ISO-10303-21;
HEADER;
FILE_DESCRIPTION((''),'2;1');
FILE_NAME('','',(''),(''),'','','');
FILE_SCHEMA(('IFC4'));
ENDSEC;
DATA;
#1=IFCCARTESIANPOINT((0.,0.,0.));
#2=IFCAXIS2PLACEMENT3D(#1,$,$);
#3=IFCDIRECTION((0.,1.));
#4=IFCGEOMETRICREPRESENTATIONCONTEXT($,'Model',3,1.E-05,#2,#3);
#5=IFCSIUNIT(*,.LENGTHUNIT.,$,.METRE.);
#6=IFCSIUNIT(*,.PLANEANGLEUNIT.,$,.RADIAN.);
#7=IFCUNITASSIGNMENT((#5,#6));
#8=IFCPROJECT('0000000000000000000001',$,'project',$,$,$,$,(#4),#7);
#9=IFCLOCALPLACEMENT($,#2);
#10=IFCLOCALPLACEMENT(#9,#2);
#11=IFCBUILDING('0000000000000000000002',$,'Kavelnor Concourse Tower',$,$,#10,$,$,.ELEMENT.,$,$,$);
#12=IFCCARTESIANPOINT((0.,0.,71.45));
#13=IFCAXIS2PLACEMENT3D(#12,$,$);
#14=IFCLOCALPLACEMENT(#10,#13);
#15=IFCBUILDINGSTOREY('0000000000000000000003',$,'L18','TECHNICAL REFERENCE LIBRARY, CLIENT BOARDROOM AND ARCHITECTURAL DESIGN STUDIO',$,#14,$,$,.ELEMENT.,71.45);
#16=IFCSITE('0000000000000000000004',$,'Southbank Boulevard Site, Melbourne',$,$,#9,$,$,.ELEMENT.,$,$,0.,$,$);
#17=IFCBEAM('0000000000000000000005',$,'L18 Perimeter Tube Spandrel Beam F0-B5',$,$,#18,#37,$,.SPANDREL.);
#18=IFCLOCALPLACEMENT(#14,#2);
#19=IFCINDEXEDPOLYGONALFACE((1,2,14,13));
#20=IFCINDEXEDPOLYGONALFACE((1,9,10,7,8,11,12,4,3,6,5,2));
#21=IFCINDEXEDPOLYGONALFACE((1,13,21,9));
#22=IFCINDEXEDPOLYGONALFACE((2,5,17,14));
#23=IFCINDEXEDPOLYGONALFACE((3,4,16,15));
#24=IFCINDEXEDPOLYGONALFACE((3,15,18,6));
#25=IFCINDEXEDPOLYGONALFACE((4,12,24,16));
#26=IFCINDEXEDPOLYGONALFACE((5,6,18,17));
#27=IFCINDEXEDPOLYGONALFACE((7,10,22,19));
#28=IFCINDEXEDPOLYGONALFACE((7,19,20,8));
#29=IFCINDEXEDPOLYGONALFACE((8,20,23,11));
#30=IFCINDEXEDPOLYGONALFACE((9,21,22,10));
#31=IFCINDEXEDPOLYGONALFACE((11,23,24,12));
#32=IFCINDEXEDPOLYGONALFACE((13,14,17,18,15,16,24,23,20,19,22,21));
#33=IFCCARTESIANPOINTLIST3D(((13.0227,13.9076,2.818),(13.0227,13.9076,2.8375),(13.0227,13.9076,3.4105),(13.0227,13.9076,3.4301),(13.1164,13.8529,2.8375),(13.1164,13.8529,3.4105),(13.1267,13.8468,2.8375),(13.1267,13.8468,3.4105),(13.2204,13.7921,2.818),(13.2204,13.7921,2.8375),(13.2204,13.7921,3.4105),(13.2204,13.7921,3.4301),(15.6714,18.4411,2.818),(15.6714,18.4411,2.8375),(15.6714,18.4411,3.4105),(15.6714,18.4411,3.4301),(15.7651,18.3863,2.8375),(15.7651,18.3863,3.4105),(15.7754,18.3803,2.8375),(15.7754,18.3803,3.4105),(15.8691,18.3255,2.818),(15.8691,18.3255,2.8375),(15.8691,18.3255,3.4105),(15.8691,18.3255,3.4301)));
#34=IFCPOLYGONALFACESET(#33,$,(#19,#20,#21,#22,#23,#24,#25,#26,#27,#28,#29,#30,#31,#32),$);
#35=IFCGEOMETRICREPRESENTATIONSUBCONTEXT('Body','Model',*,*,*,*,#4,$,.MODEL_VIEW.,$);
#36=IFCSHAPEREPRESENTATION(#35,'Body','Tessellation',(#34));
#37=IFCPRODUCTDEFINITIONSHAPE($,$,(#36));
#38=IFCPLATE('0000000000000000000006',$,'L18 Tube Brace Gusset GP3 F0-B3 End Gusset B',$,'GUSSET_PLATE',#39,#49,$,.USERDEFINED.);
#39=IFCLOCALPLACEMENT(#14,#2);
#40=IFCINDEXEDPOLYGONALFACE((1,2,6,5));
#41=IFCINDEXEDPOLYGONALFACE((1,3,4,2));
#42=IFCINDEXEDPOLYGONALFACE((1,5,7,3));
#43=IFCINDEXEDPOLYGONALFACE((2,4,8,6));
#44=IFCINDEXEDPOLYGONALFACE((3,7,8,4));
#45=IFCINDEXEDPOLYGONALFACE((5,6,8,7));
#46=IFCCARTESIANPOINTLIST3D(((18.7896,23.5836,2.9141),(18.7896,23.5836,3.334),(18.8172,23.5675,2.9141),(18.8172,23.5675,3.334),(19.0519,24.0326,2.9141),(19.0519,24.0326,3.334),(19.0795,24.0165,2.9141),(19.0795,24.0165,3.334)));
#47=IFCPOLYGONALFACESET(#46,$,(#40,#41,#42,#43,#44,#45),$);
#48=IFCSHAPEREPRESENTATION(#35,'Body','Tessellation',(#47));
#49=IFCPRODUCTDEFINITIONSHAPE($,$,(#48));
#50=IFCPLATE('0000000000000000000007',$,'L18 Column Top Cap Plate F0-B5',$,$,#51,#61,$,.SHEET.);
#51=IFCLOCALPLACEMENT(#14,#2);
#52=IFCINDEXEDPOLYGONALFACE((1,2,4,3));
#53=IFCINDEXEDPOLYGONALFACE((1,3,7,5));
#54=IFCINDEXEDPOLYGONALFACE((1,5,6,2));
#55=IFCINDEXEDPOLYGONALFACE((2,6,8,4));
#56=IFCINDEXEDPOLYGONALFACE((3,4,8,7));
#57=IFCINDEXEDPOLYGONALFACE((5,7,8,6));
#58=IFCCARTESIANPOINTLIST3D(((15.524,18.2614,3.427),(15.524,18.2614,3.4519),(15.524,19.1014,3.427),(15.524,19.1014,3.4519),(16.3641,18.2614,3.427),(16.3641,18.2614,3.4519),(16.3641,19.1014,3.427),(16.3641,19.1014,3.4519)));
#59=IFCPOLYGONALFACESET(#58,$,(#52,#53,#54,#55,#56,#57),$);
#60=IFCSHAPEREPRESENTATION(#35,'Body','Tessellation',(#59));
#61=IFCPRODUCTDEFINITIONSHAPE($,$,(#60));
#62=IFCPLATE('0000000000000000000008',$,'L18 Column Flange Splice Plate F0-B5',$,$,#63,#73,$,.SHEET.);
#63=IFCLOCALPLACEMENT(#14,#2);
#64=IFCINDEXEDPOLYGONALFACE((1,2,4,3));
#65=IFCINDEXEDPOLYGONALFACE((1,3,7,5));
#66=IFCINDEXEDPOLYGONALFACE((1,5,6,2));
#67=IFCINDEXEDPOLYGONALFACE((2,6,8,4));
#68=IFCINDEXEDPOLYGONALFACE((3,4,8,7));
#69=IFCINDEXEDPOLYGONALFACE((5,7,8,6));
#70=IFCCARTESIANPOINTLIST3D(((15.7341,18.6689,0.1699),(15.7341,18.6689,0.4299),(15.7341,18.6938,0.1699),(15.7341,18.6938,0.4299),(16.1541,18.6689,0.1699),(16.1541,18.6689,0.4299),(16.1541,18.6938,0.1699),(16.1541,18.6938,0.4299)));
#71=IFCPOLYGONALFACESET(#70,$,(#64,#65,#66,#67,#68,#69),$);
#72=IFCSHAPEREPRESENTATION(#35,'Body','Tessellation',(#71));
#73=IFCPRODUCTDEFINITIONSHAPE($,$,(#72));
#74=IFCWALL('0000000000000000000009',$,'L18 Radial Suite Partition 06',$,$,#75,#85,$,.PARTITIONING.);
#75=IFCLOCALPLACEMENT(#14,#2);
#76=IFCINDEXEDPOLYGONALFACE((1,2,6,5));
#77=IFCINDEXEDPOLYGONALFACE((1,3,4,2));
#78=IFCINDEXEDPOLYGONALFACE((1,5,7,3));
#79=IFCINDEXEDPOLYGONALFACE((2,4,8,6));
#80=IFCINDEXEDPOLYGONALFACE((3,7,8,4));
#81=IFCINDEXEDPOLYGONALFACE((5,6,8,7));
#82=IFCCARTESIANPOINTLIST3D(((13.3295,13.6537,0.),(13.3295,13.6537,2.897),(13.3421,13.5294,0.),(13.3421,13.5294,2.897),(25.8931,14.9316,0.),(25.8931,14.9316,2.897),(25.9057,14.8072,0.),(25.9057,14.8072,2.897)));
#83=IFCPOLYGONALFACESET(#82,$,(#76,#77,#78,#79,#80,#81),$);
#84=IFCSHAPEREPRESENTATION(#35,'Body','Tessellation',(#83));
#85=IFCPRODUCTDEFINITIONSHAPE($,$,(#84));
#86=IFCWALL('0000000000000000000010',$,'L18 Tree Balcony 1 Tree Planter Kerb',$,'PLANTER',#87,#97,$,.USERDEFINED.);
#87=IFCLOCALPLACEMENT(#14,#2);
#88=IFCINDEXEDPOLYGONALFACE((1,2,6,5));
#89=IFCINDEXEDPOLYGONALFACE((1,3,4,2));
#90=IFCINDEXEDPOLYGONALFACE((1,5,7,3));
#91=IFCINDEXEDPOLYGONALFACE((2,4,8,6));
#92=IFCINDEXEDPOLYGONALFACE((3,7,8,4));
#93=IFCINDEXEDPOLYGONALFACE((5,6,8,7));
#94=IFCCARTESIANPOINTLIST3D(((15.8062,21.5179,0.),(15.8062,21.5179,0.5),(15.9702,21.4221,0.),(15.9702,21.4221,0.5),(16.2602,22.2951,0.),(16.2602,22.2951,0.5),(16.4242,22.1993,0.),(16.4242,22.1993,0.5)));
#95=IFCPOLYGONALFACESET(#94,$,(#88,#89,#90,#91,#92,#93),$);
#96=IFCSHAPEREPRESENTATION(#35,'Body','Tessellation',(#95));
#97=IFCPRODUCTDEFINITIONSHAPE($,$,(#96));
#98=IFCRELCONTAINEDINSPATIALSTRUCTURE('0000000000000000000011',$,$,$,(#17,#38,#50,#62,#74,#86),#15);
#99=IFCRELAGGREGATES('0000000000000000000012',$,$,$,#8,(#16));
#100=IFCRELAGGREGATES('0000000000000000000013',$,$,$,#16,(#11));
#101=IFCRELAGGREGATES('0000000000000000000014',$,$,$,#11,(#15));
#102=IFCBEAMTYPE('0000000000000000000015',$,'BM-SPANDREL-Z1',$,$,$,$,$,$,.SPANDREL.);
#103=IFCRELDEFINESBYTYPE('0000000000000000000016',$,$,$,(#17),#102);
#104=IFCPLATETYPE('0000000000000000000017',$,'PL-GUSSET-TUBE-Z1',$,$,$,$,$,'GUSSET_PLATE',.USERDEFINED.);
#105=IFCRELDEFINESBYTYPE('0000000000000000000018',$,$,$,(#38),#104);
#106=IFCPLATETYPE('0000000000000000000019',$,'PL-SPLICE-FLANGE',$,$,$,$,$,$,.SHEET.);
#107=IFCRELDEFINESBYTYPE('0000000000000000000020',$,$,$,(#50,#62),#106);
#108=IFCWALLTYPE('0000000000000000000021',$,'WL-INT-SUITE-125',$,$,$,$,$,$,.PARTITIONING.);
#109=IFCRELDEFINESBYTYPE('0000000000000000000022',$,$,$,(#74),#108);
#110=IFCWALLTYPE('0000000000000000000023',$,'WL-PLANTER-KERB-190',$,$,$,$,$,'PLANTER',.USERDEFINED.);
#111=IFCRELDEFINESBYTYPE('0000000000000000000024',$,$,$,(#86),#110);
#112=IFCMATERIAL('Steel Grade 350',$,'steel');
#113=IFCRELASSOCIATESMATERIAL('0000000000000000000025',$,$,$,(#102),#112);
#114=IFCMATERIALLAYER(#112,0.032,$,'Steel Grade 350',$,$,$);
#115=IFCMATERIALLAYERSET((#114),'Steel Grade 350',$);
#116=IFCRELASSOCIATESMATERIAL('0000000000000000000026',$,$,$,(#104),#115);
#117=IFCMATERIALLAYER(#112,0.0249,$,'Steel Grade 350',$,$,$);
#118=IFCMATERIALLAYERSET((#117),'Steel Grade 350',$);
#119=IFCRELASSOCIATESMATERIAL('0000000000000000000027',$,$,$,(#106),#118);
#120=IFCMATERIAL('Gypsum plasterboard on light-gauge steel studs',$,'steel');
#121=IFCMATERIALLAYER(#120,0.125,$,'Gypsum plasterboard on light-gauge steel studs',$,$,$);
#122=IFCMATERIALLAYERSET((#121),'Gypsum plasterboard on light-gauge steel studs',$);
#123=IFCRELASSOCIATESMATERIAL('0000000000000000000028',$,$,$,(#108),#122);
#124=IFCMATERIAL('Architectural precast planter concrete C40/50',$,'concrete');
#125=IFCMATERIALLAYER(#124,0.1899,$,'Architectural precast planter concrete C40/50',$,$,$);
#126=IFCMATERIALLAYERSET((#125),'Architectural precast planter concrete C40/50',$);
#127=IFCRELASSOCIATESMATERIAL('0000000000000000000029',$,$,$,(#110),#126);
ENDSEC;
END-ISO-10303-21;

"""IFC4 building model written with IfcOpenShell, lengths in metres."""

from ifc_helpers import new_model, si_unit, direction, frame, frame_2d, origin, origin_2d, place, context, subcontext, project, spatial, rectangle, i_section, extrude, material, layer, layer_set, material_profile, profile_set, type_object, element, save


model = new_model("IFC4")

# Units and contexts
model_context = context("Model", 3, precision=1e-05, world=origin(), true_north=direction((0.0, 1.0)))
body_context = subcontext(model_context, "Body", "Model", "MODEL_VIEW")
ifc_project = project(units=[si_unit("LENGTHUNIT", "METRE"), si_unit("PLANEANGLEUNIT", "RADIAN")], contexts=[model_context])

# Site, building, storey
site_placement = place(None, origin())
site = spatial("IfcSite", under=ifc_project, at=site_placement, Name="Southbank Boulevard Site, Melbourne", CompositionType="ELEMENT", RefElevation=0.0)
building_placement = place(site_placement, origin())
building = spatial("IfcBuilding", under=site, at=building_placement, Name="Kavelnor Concourse Tower", CompositionType="ELEMENT")
storey_placement = place(building_placement, frame((0.0, 0.0, 71.45)))
storey = spatial("IfcBuildingStorey", under=building, at=storey_placement, Name="L18", Description="TECHNICAL REFERENCE LIBRARY, CLIENT BOARDROOM AND ARCHITECTURAL DESIGN STUDIO", CompositionType="ELEMENT", Elevation=71.45)

# Shared definitions
ifc_material_1 = material(Name="Steel Grade 350", Category="steel")

# Beam
ifc_material_profile_1 = material_profile(ifc_material_1, i_section(OverallWidth=0.229, OverallDepth=0.6121, WebThickness=0.012, FlangeThickness=0.0195, at=origin_2d()), Name="610UB125")
ifc_profile_set_1 = profile_set([ifc_material_profile_1], Name="Steel Grade 350")
beam_type_1 = type_object("IfcBeamType", Name="BM-SPANDREL-Z1", PredefinedType="SPANDREL", material=ifc_profile_set_1)
for number, where, z_axis, x_axis, name in (
    (1, (15.7703, 18.3833, 3.124), (-0.504464, -0.863433, 0.0), (0.863433, -0.504464, 0.0), "L18 Perimeter Tube Spandrel Beam F0-B5"),
):
    element("IfcBeam", number, at=place(storey_placement, frame(where, z_axis=z_axis, x_axis=x_axis)), inside=storey, type_object=beam_type_1, Name=name, PredefinedType="SPANDREL", context=body_context, shape_type="SweptSolid", body=[
        extrude(i_section(OverallWidth=0.229, OverallDepth=0.6121, WebThickness=0.012, FlangeThickness=0.0195, at=origin_2d()), origin(), (0.0, 0.0, 1.0), 5.2505),
    ])

# Plates
ifc_layer_1 = layer(ifc_material_1, 0.032, Name="Steel Grade 350")
ifc_layer_set_1 = layer_set([ifc_layer_1], Name="Steel Grade 350")
plate_type_1 = type_object("IfcPlateType", Name="PL-GUSSET-TUBE-Z1", ElementType="GUSSET_PLATE", PredefinedType="USERDEFINED", material=ifc_layer_set_1)
plate_1_placement = place(storey_placement, frame((18.9346, 23.8, 2.9141), z_axis=(0.0, 0.0, 1.0), x_axis=(-0.504377, -0.863484, 0.0)))
element("IfcPlate", 2, at=plate_1_placement, inside=storey, type_object=plate_type_1, Name="L18 Tube Brace Gusset GP3 F0-B3 End Gusset B", ObjectType="GUSSET_PLATE", PredefinedType="USERDEFINED", context=body_context, shape_type="SweptSolid", body=[
    extrude(rectangle(XDim=0.52, YDim=0.032, at=origin_2d()), origin(), (0.0, 0.0, 1.0), 0.4199),
])
ifc_layer_2 = layer(ifc_material_1, 0.0249, Name="Steel Grade 350")
ifc_layer_set_2 = layer_set([ifc_layer_2], Name="Steel Grade 350")
plate_type_2 = type_object("IfcPlateType", Name="PL-SPLICE-FLANGE", PredefinedType="SHEET", material=ifc_layer_set_2)
plate_2_placement = place(storey_placement, frame((15.9441, 18.6814, 3.427), z_axis=(0.0, 0.0, 1.0), x_axis=(1.0, 0.0, 0.0)))
element("IfcPlate", 3, at=plate_2_placement, inside=storey, type_object=plate_type_2, Name="L18 Column Top Cap Plate F0-B5", PredefinedType="SHEET", context=body_context, shape_type="SweptSolid", body=[
    extrude(rectangle(XDim=0.8401, YDim=0.8401, at=origin_2d()), origin(), (0.0, 0.0, 1.0), 0.0249),
])
plate_3_placement = place(storey_placement, frame((15.9441, 18.6814, 0.1699), z_axis=(0.0, 0.0, 1.0), x_axis=(1.0, 0.0, 0.0)))
element("IfcPlate", 4, at=plate_3_placement, inside=storey, type_object=plate_type_2, Name="L18 Column Flange Splice Plate F0-B5", PredefinedType="SHEET", context=body_context, shape_type="SweptSolid", body=[
    extrude(rectangle(XDim=0.4199, YDim=0.0249, at=origin_2d()), origin(), (0.0, 0.0, 1.0), 0.26),
])

# Walls
ifc_material_2 = material(Name="Gypsum plasterboard on light-gauge steel studs", Category="steel")
ifc_layer_3 = layer(ifc_material_2, 0.125, Name="Gypsum plasterboard on light-gauge steel studs")
ifc_layer_set_3 = layer_set([ifc_layer_3], Name="Gypsum plasterboard on light-gauge steel studs")
wall_type_1 = type_object("IfcWallType", Name="WL-INT-SUITE-125", PredefinedType="PARTITIONING", material=ifc_layer_set_3)
wall_1_placement = place(storey_placement, frame((25.8994, 14.8694, 0.0), z_axis=(0.0, 0.0, 1.0), x_axis=(-0.994868, -0.101186, 0.0)))
element("IfcWall", 5, at=wall_1_placement, inside=storey, type_object=wall_type_1, Name="L18 Radial Suite Partition 06", PredefinedType="PARTITIONING", context=body_context, shape_type="SweptSolid", body=[
    extrude(rectangle(XDim=12.6284, YDim=0.125, at=frame_2d((6.3142, 0.0))), origin(), (0.0, 0.0, 1.0), 2.897),
])
ifc_material_3 = material(Name="Architectural precast planter concrete C40/50", Category="concrete")
ifc_layer_4 = layer(ifc_material_3, 0.1899, Name="Architectural precast planter concrete C40/50")
ifc_layer_set_4 = layer_set([ifc_layer_4], Name="Architectural precast planter concrete C40/50")
wall_type_2 = type_object("IfcWallType", Name="WL-PLANTER-KERB-190", ElementType="PLANTER", PredefinedType="USERDEFINED", material=ifc_layer_set_4)
wall_2_placement = place(storey_placement, frame((16.3423, 22.2473, 0.0), z_axis=(0.0, 0.0, 1.0), x_axis=(-0.50441, -0.863464, 0.0)))
element("IfcWall", 6, at=wall_2_placement, inside=storey, type_object=wall_type_2, Name="L18 Tree Balcony 1 Tree Planter Kerb", ObjectType="PLANTER", PredefinedType="USERDEFINED", context=body_context, shape_type="SweptSolid", body=[
    extrude(rectangle(XDim=0.9001, YDim=0.1899, at=frame_2d((0.4502, 0.0))), origin(), (0.0, 0.0, 1.0), 0.5),
])

save(model, "model.ifc")
